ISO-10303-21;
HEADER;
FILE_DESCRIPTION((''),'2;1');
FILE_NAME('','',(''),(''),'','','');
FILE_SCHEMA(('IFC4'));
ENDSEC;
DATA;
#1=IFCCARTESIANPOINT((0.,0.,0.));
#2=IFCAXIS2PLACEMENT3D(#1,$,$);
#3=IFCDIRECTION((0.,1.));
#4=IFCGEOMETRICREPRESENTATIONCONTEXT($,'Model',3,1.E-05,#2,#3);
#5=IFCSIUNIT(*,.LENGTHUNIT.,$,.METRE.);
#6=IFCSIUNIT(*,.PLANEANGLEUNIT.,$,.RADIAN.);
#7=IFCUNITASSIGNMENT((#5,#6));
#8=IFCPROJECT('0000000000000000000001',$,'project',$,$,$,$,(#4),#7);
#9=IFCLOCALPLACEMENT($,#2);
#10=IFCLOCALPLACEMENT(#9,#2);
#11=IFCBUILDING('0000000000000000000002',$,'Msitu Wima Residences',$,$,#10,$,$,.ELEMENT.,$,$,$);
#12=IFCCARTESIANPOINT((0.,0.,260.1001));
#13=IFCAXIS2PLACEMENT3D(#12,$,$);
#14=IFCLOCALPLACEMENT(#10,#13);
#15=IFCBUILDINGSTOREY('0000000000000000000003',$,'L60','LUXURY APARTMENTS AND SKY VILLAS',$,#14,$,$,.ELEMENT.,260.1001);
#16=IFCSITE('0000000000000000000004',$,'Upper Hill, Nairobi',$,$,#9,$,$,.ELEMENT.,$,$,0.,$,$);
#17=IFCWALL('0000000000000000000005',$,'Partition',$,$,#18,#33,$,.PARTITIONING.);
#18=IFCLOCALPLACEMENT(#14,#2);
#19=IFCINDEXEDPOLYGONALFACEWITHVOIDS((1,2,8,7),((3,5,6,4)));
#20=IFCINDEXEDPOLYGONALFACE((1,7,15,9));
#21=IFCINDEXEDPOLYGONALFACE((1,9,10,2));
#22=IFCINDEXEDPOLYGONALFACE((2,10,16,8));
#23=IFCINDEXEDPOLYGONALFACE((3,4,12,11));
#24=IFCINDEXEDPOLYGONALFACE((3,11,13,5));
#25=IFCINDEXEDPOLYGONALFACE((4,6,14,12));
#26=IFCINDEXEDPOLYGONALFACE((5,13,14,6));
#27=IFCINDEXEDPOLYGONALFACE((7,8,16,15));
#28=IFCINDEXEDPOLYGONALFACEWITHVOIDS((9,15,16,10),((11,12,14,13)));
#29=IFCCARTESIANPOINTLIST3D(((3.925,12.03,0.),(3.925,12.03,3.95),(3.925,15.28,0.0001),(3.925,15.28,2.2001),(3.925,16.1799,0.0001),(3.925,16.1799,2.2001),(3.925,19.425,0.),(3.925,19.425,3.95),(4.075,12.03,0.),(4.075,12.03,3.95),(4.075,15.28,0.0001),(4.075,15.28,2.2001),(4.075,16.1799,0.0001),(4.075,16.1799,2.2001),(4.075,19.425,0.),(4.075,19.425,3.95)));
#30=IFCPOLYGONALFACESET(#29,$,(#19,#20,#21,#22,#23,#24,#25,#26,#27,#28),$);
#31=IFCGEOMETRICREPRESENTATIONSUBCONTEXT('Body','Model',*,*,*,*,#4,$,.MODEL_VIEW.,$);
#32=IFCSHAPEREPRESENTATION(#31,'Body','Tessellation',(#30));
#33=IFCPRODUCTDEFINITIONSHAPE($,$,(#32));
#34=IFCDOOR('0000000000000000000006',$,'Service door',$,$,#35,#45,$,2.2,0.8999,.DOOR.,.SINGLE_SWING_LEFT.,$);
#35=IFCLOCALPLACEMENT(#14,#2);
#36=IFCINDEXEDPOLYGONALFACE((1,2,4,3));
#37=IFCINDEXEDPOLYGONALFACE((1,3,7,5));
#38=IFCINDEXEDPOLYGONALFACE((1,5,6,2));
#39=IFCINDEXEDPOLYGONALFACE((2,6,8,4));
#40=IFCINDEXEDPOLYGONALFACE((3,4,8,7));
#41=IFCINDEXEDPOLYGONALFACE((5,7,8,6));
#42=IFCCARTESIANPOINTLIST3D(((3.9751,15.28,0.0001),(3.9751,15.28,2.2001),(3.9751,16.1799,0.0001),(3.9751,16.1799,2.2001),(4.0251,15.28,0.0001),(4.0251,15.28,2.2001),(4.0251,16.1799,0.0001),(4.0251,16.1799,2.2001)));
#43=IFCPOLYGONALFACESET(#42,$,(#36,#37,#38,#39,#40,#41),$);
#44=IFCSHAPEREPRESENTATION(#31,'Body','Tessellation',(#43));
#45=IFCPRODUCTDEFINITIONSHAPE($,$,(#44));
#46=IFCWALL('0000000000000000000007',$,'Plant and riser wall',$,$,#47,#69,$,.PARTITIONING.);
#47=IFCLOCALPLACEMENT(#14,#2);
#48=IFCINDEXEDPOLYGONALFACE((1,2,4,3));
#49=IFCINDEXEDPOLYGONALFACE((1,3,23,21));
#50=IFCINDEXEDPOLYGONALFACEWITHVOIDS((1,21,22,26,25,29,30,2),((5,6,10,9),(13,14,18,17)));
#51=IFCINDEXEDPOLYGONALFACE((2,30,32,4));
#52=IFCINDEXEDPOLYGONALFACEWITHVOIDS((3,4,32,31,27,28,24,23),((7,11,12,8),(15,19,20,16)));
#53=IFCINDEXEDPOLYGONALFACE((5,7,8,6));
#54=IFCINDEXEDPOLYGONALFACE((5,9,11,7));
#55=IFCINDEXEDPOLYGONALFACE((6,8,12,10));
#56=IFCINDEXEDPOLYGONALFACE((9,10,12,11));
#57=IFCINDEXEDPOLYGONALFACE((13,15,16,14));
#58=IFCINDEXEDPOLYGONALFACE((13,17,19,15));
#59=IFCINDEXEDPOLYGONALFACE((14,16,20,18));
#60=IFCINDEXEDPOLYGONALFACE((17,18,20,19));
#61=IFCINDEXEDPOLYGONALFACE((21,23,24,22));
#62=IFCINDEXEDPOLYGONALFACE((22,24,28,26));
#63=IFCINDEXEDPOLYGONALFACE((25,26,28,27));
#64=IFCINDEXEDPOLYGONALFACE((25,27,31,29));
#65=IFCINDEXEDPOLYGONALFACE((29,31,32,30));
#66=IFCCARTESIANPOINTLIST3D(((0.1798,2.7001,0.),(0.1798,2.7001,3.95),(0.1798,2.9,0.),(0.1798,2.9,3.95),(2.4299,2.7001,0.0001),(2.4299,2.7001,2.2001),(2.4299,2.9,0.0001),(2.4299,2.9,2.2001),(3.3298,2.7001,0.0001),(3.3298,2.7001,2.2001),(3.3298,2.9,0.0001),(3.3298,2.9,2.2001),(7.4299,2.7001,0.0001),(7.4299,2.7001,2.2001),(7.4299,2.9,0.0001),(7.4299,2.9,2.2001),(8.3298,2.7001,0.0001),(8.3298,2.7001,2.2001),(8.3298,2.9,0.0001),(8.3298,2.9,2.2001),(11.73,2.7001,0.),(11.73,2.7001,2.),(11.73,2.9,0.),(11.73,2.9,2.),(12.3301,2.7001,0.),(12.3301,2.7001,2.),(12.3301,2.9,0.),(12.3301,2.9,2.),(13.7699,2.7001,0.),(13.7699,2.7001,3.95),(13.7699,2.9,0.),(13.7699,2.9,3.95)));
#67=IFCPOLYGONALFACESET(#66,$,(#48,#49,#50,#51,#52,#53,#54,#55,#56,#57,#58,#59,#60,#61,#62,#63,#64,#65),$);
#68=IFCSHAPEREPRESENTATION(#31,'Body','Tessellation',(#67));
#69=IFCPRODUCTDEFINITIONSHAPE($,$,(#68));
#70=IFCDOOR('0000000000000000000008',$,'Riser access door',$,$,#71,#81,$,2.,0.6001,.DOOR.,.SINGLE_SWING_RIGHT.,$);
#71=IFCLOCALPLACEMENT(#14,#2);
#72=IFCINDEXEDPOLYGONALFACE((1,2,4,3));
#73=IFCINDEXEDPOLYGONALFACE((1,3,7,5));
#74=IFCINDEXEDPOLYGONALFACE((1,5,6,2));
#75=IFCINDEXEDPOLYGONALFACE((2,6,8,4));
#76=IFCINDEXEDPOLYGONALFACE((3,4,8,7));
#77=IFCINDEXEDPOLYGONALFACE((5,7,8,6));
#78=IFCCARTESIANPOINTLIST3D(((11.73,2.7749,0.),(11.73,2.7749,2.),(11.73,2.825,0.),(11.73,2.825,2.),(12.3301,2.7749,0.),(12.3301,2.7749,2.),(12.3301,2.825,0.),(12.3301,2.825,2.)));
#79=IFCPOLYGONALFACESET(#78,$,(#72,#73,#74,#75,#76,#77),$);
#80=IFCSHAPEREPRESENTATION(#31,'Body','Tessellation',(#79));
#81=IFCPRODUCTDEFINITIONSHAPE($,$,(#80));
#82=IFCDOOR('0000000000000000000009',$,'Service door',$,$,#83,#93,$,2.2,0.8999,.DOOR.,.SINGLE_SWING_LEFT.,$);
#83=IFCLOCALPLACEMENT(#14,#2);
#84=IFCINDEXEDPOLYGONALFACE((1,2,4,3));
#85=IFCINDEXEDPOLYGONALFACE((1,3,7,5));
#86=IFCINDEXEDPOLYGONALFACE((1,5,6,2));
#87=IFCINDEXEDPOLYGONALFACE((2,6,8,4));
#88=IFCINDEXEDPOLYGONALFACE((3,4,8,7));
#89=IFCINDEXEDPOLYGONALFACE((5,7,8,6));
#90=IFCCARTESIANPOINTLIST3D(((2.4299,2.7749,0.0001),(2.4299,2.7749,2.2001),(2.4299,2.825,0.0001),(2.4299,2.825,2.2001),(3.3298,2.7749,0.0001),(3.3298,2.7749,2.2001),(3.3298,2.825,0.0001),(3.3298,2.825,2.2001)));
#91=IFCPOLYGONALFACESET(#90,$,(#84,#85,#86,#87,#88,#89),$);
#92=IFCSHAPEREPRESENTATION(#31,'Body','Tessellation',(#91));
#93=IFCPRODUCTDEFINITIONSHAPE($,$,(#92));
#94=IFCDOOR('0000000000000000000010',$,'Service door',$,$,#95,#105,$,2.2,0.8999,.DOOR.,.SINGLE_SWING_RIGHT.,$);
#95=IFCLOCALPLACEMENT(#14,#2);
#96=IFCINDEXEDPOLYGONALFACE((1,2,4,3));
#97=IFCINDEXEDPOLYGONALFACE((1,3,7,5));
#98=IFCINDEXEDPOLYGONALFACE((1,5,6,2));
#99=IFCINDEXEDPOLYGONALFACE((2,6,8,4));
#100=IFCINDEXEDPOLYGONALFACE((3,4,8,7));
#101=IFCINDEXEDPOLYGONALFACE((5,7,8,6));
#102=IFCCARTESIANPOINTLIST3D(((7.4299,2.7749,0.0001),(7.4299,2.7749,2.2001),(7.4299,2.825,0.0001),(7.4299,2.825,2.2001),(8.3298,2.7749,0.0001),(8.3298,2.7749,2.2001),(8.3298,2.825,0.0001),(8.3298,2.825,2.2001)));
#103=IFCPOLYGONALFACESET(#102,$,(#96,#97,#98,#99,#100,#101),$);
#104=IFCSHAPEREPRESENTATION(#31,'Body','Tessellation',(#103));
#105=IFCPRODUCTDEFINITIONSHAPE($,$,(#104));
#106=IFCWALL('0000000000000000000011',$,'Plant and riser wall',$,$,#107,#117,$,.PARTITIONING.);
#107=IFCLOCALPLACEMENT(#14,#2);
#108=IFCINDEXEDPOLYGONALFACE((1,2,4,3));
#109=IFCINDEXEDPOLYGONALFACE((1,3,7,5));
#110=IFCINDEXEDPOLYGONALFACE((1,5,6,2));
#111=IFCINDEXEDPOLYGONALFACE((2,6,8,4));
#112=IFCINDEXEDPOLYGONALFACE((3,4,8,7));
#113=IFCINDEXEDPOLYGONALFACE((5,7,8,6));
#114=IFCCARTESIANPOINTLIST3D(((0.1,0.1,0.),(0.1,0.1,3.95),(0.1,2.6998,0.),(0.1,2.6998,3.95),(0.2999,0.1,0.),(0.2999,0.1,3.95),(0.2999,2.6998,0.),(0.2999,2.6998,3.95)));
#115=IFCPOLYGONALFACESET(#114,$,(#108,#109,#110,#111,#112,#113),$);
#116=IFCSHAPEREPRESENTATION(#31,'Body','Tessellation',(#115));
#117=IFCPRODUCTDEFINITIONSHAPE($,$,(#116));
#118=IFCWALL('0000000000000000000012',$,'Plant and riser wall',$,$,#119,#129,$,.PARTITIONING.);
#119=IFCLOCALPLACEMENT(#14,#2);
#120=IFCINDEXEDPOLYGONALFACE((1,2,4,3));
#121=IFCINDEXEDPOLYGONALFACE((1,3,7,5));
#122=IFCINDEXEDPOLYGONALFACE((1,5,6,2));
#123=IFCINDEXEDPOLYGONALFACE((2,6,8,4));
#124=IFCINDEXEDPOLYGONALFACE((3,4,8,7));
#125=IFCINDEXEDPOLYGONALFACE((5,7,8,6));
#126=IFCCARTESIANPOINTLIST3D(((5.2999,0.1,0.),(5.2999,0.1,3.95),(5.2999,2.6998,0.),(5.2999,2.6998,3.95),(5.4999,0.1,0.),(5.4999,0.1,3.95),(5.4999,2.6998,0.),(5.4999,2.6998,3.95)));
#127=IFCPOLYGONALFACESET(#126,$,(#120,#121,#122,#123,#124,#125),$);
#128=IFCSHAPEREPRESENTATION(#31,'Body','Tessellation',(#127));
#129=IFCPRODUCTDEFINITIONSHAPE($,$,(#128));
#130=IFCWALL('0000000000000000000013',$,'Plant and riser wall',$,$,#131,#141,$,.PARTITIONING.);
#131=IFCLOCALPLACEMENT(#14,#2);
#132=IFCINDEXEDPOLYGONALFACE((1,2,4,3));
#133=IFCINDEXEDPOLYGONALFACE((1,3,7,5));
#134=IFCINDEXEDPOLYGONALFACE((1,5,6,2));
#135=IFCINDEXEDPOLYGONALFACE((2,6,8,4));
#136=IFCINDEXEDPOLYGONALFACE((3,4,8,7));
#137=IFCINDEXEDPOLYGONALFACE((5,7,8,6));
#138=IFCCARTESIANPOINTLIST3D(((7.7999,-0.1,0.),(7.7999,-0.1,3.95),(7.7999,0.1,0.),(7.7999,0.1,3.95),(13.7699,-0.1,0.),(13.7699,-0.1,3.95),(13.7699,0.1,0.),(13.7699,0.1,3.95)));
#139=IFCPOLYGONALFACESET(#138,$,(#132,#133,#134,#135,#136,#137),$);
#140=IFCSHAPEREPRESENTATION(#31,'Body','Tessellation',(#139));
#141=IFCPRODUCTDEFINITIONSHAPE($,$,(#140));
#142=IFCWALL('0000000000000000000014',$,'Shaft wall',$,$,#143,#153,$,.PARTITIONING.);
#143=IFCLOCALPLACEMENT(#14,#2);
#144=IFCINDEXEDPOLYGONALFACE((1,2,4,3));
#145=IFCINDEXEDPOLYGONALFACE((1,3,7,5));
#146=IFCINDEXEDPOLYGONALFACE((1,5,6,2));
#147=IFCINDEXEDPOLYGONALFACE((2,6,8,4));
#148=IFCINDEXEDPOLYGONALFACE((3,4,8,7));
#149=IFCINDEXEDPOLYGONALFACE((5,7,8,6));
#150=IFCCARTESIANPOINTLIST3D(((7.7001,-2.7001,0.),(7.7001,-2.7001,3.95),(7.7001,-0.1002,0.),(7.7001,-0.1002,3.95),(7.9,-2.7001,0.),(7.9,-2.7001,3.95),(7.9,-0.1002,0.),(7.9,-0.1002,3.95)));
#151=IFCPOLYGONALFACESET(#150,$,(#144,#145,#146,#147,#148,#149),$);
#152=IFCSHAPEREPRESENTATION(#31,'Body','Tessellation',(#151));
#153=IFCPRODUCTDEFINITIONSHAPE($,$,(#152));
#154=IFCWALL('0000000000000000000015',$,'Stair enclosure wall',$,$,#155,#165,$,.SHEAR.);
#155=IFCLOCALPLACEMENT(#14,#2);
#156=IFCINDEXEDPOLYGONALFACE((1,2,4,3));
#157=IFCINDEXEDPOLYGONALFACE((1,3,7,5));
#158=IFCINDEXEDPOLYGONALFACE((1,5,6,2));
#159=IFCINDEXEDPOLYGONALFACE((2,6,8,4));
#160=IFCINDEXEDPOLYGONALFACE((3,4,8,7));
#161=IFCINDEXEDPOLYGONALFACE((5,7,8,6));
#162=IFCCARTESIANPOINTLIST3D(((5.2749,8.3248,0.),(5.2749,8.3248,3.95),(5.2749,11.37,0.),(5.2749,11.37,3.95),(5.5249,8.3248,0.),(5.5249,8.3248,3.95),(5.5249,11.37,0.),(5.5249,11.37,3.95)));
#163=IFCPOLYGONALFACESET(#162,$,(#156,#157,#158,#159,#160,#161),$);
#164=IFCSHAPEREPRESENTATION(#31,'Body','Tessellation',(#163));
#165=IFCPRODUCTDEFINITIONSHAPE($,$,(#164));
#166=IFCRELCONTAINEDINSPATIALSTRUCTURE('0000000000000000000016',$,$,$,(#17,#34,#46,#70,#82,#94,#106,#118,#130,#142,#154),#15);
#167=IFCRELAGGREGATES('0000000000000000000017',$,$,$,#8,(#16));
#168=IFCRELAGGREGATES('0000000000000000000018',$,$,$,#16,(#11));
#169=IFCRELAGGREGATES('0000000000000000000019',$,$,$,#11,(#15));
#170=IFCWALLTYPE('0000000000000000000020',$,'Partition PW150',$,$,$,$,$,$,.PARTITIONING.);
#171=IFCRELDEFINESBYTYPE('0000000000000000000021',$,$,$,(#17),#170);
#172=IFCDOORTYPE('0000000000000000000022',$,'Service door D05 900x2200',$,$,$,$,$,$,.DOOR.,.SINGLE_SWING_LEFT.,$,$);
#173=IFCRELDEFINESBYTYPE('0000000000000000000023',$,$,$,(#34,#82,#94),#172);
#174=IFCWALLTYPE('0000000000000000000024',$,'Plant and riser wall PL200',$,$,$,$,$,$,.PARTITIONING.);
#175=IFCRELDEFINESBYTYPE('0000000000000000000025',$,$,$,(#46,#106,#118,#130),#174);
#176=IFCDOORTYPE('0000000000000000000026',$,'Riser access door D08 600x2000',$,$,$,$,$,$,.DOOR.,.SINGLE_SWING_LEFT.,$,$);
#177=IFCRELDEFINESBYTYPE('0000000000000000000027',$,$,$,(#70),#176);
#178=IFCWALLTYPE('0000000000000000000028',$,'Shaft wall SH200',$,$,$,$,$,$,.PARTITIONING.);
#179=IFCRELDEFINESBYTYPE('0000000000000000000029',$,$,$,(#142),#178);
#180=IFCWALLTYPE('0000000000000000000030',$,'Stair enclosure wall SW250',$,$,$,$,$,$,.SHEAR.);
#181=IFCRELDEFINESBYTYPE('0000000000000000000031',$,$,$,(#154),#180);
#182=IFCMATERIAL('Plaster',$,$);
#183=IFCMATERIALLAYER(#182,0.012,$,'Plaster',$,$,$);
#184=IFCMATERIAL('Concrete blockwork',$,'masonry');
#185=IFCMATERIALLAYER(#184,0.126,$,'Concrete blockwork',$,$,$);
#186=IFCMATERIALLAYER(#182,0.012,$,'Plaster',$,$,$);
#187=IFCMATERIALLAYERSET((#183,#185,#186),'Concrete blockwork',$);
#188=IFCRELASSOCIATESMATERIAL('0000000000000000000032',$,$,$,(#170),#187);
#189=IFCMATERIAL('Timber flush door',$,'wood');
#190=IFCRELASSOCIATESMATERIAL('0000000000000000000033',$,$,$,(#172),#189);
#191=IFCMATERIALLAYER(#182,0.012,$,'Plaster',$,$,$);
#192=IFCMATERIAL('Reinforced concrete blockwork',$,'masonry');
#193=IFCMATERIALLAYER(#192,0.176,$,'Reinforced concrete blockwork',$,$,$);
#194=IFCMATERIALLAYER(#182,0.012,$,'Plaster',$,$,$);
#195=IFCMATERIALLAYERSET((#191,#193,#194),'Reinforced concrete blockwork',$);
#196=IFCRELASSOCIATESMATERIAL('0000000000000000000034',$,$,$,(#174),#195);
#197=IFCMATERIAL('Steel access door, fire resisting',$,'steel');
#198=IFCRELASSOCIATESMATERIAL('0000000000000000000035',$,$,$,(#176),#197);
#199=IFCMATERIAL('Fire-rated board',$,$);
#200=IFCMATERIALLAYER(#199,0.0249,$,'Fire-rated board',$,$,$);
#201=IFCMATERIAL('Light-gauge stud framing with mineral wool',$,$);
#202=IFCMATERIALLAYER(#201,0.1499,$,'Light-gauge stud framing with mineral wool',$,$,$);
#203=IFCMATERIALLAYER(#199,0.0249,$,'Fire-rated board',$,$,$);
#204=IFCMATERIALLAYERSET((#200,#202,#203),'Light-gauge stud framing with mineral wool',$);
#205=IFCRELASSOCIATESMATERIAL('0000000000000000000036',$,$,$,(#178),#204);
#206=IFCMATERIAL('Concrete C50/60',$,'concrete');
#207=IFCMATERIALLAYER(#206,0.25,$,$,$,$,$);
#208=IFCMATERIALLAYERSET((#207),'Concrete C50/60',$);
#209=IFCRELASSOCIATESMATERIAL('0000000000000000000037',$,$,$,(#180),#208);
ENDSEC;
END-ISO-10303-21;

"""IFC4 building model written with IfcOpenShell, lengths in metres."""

from ifc_helpers import new_model, si_unit, direction, frame, frame_2d, origin, place, context, subcontext, project, spatial, rectangle, extrude, material, layer, layer_set, type_object, element, fill, save


model = new_model("IFC4")

# Units and contexts
model_context = context("Model", 3, precision=1e-05, world=origin(), true_north=direction((0.0, 1.0)))
body_context = subcontext(model_context, "Body", "Model", "MODEL_VIEW")
ifc_project = project(units=[si_unit("LENGTHUNIT", "METRE"), si_unit("PLANEANGLEUNIT", "RADIAN")], contexts=[model_context])

# Site, building, storey
site_placement = place(None, origin())
site = spatial("IfcSite", under=ifc_project, at=site_placement, Name="Upper Hill, Nairobi", CompositionType="ELEMENT", RefElevation=0.0)
building_placement = place(site_placement, origin())
building = spatial("IfcBuilding", under=site, at=building_placement, Name="Msitu Wima Residences", CompositionType="ELEMENT")
storey_placement = place(building_placement, frame((0.0, 0.0, 260.1001)))
storey = spatial("IfcBuildingStorey", under=building, at=storey_placement, Name="L60", Description="LUXURY APARTMENTS AND SKY VILLAS", CompositionType="ELEMENT", Elevation=260.1001)

# Shared definitions
ifc_material_1 = material(Name="Plaster")
ifc_layer_1 = layer(ifc_material_1, 0.012, Name="Plaster")
ifc_material_2 = material(Name="Concrete blockwork", Category="masonry")
ifc_layer_2 = layer(ifc_material_2, 0.126, Name="Concrete blockwork")
ifc_layer_3 = layer(ifc_material_1, 0.012, Name="Plaster")
ifc_layer_set_1 = layer_set([ifc_layer_1, ifc_layer_2, ifc_layer_3], Name="Concrete blockwork")
wall_type_1 = type_object("IfcWallType", Name="Partition PW150", PredefinedType="PARTITIONING", material=ifc_layer_set_1)

# Wall, opening, door
wall_1_placement = place(storey_placement, frame((4.0, 12.03, 0.0), z_axis=(0.0, 0.0, 1.0), x_axis=(0.0, 1.0, 0.0)))
wall_1 = element("IfcWall", 1, at=wall_1_placement, inside=storey, type_object=wall_type_1, Name="Partition", PredefinedType="PARTITIONING", context=body_context, shape_type="SweptSolid", body=[
    extrude(rectangle(XDim=7.395, YDim=0.1499, at=frame_2d((3.6975, 0.0))), origin(), (0.0, 0.0, 1.0), 3.95),
])
opening_1_placement = place(wall_1_placement, frame((3.25, 0.0, 0.0)))
opening_1 = element("IfcOpeningElement", 2, at=opening_1_placement, cuts=wall_1, PredefinedType="OPENING", context=body_context, shape_type="SweptSolid", body=[
    extrude(rectangle(XDim=0.8999, YDim=2.2, at=frame_2d((0.45, 1.1001))), frame((0.0, 0.085, 0.0), z_axis=(0.0, -1.0, 0.0), x_axis=(1.0, 0.0, 0.0)), (0.0, 0.0, 1.0), 0.1699),
])
ifc_material_3 = material(Name="Timber flush door", Category="wood")
door_type_1 = type_object("IfcDoorType", Name="Service door D05 900x2200", OperationType="SINGLE_SWING_LEFT", PredefinedType="DOOR", material=ifc_material_3)
door_1_placement = place(opening_1_placement, origin())
door_1 = element("IfcDoor", 3, at=door_1_placement, inside=storey, type_object=door_type_1, Name="Service door", OperationType="SINGLE_SWING_LEFT", OverallHeight=2.2, OverallWidth=0.8999, PredefinedType="DOOR", context=body_context, shape_type="SweptSolid", body=[
    extrude(rectangle(XDim=0.8999, YDim=2.2, at=frame_2d((0.45, 1.1001))), frame((0.0, 0.0249, 0.0), z_axis=(0.0, -1.0, 0.0), x_axis=(1.0, 0.0, 0.0)), (0.0, 0.0, 1.0), 0.05),
])
fill(opening_1, door_1)

# Wall, openings, doors
ifc_layer_4 = layer(ifc_material_1, 0.012, Name="Plaster")
ifc_material_4 = material(Name="Reinforced concrete blockwork", Category="masonry")
ifc_layer_5 = layer(ifc_material_4, 0.176, Name="Reinforced concrete blockwork")
ifc_layer_6 = layer(ifc_material_1, 0.012, Name="Plaster")
ifc_layer_set_2 = layer_set([ifc_layer_4, ifc_layer_5, ifc_layer_6], Name="Reinforced concrete blockwork")
wall_type_2 = type_object("IfcWallType", Name="Plant and riser wall PL200", PredefinedType="PARTITIONING", material=ifc_layer_set_2)
wall_2_placement = place(storey_placement, frame((0.1799, 2.8, 0.0), z_axis=(0.0, 0.0, 1.0), x_axis=(1.0, 0.0, 0.0)))
wall_2 = element("IfcWall", 4, at=wall_2_placement, inside=storey, type_object=wall_type_2, Name="Plant and riser wall", PredefinedType="PARTITIONING", context=body_context, shape_type="SweptSolid", body=[
    extrude(rectangle(XDim=13.5901, YDim=0.2, at=frame_2d((6.7949, 0.0))), origin(), (0.0, 0.0, 1.0), 3.95),
])
opening_2_placement = place(wall_2_placement, frame((11.55, 0.0, 0.0)))
opening_2 = element("IfcOpeningElement", 5, at=opening_2_placement, cuts=wall_2, PredefinedType="OPENING", context=body_context, shape_type="SweptSolid", body=[
    extrude(rectangle(XDim=0.6001, YDim=2.0, at=frame_2d((0.3, 1.0))), frame((0.0, 0.1099, 0.0), z_axis=(0.0, -1.0, 0.0), x_axis=(1.0, 0.0, 0.0)), (0.0, 0.0, 1.0), 0.22),
])
opening_3_placement = place(wall_2_placement, frame((2.25, 0.0, 0.0)))
opening_3 = element("IfcOpeningElement", 6, at=opening_3_placement, cuts=wall_2, PredefinedType="OPENING", context=body_context, shape_type="SweptSolid", body=[
    extrude(rectangle(XDim=0.8999, YDim=2.2, at=frame_2d((0.45, 1.1001))), frame((0.0, 0.1099, 0.0), z_axis=(0.0, -1.0, 0.0), x_axis=(1.0, 0.0, 0.0)), (0.0, 0.0, 1.0), 0.22),
])
opening_4_placement = place(wall_2_placement, frame((7.25, 0.0, 0.0)))
opening_4 = element("IfcOpeningElement", 7, at=opening_4_placement, cuts=wall_2, PredefinedType="OPENING", context=body_context, shape_type="SweptSolid", body=[
    extrude(rectangle(XDim=0.8999, YDim=2.2, at=frame_2d((0.45, 1.1001))), frame((0.0, 0.1099, 0.0), z_axis=(0.0, -1.0, 0.0), x_axis=(1.0, 0.0, 0.0)), (0.0, 0.0, 1.0), 0.22),
])
ifc_material_5 = material(Name="Steel access door, fire resisting", Category="steel")
door_type_2 = type_object("IfcDoorType", Name="Riser access door D08 600x2000", OperationType="SINGLE_SWING_LEFT", PredefinedType="DOOR", material=ifc_material_5)
door_2_placement = place(opening_2_placement, origin())
door_2 = element("IfcDoor", 8, at=door_2_placement, inside=storey, type_object=door_type_2, Name="Riser access door", OperationType="SINGLE_SWING_RIGHT", OverallHeight=2.0, OverallWidth=0.6001, PredefinedType="DOOR", context=body_context, shape_type="SweptSolid", body=[
    extrude(rectangle(XDim=0.6001, YDim=2.0, at=frame_2d((0.3, 1.0))), frame((0.0, 0.0249, 0.0), z_axis=(0.0, -1.0, 0.0), x_axis=(1.0, 0.0, 0.0)), (0.0, 0.0, 1.0), 0.05),
])
fill(opening_2, door_2)
door_3_placement = place(opening_3_placement, origin())
door_3 = element("IfcDoor", 9, at=door_3_placement, inside=storey, type_object=door_type_1, Name="Service door", OperationType="SINGLE_SWING_LEFT", OverallHeight=2.2, OverallWidth=0.8999, PredefinedType="DOOR", context=body_context, shape_type="SweptSolid", body=[
    extrude(rectangle(XDim=0.8999, YDim=2.2, at=frame_2d((0.45, 1.1001))), frame((0.0, 0.0249, 0.0), z_axis=(0.0, -1.0, 0.0), x_axis=(1.0, 0.0, 0.0)), (0.0, 0.0, 1.0), 0.05),
])
fill(opening_3, door_3)
door_4_placement = place(opening_4_placement, origin())
door_4 = element("IfcDoor", 10, at=door_4_placement, inside=storey, type_object=door_type_1, Name="Service door", OperationType="SINGLE_SWING_RIGHT", OverallHeight=2.2, OverallWidth=0.8999, PredefinedType="DOOR", context=body_context, shape_type="SweptSolid", body=[
    extrude(rectangle(XDim=0.8999, YDim=2.2, at=frame_2d((0.45, 1.1001))), frame((0.0, 0.0249, 0.0), z_axis=(0.0, -1.0, 0.0), x_axis=(1.0, 0.0, 0.0)), (0.0, 0.0, 1.0), 0.05),
])
fill(opening_4, door_4)

# Walls
for number, where, z_axis, x_axis, name in (
    (11, (0.2, 0.1001, 0.0), (0.0, 0.0, 1.0), (0.0, 1.0, 0.0), "Plant and riser wall"),
    (12, (5.3999, 0.1001, 0.0), (0.0, 0.0, 1.0), (0.0, 1.0, 0.0), "Plant and riser wall"),
):
    element("IfcWall", number, at=place(storey_placement, frame(where, z_axis=z_axis, x_axis=x_axis)), inside=storey, type_object=wall_type_2, Name=name, PredefinedType="PARTITIONING", context=body_context, shape_type="SweptSolid", body=[
        extrude(rectangle(XDim=2.5999, YDim=0.2, at=frame_2d((1.2998, 0.0))), origin(), (0.0, 0.0, 1.0), 3.95),
    ])
wall_3_placement = place(storey_placement, frame((7.8, 0.0, 0.0), z_axis=(0.0, 0.0, 1.0), x_axis=(1.0, 0.0, 0.0)))
element("IfcWall", 13, at=wall_3_placement, inside=storey, type_object=wall_type_2, Name="Plant and riser wall", PredefinedType="PARTITIONING", context=body_context, shape_type="SweptSolid", body=[
    extrude(rectangle(XDim=5.97, YDim=0.2, at=frame_2d((2.9849, 0.0))), origin(), (0.0, 0.0, 1.0), 3.95),
])
ifc_material_6 = material(Name="Fire-rated board")
ifc_layer_7 = layer(ifc_material_6, 0.0249, Name="Fire-rated board")
ifc_material_7 = material(Name="Light-gauge stud framing with mineral wool")
ifc_layer_8 = layer(ifc_material_7, 0.1499, Name="Light-gauge stud framing with mineral wool")
ifc_layer_9 = layer(ifc_material_6, 0.0249, Name="Fire-rated board")
ifc_layer_set_3 = layer_set([ifc_layer_7, ifc_layer_8, ifc_layer_9], Name="Light-gauge stud framing with mineral wool")
wall_type_3 = type_object("IfcWallType", Name="Shaft wall SH200", PredefinedType="PARTITIONING", material=ifc_layer_set_3)
wall_4_placement = place(storey_placement, frame((7.8, -2.7, 0.0), z_axis=(0.0, 0.0, 1.0), x_axis=(0.0, 1.0, 0.0)))
element("IfcWall", 14, at=wall_4_placement, inside=storey, type_object=wall_type_3, Name="Shaft wall", PredefinedType="PARTITIONING", context=body_context, shape_type="SweptSolid", body=[
    extrude(rectangle(XDim=2.5999, YDim=0.2, at=frame_2d((1.2998, 0.0))), origin(), (0.0, 0.0, 1.0), 3.95),
])
ifc_material_8 = material(Name="Concrete C50/60", Category="concrete")
ifc_layer_10 = layer(ifc_material_8, 0.25)
ifc_layer_set_4 = layer_set([ifc_layer_10], Name="Concrete C50/60")
wall_type_4 = type_object("IfcWallType", Name="Stair enclosure wall SW250", PredefinedType="SHEAR", material=ifc_layer_set_4)
wall_5_placement = place(storey_placement, frame((5.3999, 8.325, 0.0), z_axis=(0.0, 0.0, 1.0), x_axis=(0.0, 1.0, 0.0)))
element("IfcWall", 15, at=wall_5_placement, inside=storey, type_object=wall_type_4, Name="Stair enclosure wall", PredefinedType="SHEAR", context=body_context, shape_type="SweptSolid", body=[
    extrude(rectangle(XDim=3.0452, YDim=0.25, at=frame_2d((1.5225, 0.0))), origin(), (0.0, 0.0, 1.0), 3.95),
])

save(model, "model.ifc")
